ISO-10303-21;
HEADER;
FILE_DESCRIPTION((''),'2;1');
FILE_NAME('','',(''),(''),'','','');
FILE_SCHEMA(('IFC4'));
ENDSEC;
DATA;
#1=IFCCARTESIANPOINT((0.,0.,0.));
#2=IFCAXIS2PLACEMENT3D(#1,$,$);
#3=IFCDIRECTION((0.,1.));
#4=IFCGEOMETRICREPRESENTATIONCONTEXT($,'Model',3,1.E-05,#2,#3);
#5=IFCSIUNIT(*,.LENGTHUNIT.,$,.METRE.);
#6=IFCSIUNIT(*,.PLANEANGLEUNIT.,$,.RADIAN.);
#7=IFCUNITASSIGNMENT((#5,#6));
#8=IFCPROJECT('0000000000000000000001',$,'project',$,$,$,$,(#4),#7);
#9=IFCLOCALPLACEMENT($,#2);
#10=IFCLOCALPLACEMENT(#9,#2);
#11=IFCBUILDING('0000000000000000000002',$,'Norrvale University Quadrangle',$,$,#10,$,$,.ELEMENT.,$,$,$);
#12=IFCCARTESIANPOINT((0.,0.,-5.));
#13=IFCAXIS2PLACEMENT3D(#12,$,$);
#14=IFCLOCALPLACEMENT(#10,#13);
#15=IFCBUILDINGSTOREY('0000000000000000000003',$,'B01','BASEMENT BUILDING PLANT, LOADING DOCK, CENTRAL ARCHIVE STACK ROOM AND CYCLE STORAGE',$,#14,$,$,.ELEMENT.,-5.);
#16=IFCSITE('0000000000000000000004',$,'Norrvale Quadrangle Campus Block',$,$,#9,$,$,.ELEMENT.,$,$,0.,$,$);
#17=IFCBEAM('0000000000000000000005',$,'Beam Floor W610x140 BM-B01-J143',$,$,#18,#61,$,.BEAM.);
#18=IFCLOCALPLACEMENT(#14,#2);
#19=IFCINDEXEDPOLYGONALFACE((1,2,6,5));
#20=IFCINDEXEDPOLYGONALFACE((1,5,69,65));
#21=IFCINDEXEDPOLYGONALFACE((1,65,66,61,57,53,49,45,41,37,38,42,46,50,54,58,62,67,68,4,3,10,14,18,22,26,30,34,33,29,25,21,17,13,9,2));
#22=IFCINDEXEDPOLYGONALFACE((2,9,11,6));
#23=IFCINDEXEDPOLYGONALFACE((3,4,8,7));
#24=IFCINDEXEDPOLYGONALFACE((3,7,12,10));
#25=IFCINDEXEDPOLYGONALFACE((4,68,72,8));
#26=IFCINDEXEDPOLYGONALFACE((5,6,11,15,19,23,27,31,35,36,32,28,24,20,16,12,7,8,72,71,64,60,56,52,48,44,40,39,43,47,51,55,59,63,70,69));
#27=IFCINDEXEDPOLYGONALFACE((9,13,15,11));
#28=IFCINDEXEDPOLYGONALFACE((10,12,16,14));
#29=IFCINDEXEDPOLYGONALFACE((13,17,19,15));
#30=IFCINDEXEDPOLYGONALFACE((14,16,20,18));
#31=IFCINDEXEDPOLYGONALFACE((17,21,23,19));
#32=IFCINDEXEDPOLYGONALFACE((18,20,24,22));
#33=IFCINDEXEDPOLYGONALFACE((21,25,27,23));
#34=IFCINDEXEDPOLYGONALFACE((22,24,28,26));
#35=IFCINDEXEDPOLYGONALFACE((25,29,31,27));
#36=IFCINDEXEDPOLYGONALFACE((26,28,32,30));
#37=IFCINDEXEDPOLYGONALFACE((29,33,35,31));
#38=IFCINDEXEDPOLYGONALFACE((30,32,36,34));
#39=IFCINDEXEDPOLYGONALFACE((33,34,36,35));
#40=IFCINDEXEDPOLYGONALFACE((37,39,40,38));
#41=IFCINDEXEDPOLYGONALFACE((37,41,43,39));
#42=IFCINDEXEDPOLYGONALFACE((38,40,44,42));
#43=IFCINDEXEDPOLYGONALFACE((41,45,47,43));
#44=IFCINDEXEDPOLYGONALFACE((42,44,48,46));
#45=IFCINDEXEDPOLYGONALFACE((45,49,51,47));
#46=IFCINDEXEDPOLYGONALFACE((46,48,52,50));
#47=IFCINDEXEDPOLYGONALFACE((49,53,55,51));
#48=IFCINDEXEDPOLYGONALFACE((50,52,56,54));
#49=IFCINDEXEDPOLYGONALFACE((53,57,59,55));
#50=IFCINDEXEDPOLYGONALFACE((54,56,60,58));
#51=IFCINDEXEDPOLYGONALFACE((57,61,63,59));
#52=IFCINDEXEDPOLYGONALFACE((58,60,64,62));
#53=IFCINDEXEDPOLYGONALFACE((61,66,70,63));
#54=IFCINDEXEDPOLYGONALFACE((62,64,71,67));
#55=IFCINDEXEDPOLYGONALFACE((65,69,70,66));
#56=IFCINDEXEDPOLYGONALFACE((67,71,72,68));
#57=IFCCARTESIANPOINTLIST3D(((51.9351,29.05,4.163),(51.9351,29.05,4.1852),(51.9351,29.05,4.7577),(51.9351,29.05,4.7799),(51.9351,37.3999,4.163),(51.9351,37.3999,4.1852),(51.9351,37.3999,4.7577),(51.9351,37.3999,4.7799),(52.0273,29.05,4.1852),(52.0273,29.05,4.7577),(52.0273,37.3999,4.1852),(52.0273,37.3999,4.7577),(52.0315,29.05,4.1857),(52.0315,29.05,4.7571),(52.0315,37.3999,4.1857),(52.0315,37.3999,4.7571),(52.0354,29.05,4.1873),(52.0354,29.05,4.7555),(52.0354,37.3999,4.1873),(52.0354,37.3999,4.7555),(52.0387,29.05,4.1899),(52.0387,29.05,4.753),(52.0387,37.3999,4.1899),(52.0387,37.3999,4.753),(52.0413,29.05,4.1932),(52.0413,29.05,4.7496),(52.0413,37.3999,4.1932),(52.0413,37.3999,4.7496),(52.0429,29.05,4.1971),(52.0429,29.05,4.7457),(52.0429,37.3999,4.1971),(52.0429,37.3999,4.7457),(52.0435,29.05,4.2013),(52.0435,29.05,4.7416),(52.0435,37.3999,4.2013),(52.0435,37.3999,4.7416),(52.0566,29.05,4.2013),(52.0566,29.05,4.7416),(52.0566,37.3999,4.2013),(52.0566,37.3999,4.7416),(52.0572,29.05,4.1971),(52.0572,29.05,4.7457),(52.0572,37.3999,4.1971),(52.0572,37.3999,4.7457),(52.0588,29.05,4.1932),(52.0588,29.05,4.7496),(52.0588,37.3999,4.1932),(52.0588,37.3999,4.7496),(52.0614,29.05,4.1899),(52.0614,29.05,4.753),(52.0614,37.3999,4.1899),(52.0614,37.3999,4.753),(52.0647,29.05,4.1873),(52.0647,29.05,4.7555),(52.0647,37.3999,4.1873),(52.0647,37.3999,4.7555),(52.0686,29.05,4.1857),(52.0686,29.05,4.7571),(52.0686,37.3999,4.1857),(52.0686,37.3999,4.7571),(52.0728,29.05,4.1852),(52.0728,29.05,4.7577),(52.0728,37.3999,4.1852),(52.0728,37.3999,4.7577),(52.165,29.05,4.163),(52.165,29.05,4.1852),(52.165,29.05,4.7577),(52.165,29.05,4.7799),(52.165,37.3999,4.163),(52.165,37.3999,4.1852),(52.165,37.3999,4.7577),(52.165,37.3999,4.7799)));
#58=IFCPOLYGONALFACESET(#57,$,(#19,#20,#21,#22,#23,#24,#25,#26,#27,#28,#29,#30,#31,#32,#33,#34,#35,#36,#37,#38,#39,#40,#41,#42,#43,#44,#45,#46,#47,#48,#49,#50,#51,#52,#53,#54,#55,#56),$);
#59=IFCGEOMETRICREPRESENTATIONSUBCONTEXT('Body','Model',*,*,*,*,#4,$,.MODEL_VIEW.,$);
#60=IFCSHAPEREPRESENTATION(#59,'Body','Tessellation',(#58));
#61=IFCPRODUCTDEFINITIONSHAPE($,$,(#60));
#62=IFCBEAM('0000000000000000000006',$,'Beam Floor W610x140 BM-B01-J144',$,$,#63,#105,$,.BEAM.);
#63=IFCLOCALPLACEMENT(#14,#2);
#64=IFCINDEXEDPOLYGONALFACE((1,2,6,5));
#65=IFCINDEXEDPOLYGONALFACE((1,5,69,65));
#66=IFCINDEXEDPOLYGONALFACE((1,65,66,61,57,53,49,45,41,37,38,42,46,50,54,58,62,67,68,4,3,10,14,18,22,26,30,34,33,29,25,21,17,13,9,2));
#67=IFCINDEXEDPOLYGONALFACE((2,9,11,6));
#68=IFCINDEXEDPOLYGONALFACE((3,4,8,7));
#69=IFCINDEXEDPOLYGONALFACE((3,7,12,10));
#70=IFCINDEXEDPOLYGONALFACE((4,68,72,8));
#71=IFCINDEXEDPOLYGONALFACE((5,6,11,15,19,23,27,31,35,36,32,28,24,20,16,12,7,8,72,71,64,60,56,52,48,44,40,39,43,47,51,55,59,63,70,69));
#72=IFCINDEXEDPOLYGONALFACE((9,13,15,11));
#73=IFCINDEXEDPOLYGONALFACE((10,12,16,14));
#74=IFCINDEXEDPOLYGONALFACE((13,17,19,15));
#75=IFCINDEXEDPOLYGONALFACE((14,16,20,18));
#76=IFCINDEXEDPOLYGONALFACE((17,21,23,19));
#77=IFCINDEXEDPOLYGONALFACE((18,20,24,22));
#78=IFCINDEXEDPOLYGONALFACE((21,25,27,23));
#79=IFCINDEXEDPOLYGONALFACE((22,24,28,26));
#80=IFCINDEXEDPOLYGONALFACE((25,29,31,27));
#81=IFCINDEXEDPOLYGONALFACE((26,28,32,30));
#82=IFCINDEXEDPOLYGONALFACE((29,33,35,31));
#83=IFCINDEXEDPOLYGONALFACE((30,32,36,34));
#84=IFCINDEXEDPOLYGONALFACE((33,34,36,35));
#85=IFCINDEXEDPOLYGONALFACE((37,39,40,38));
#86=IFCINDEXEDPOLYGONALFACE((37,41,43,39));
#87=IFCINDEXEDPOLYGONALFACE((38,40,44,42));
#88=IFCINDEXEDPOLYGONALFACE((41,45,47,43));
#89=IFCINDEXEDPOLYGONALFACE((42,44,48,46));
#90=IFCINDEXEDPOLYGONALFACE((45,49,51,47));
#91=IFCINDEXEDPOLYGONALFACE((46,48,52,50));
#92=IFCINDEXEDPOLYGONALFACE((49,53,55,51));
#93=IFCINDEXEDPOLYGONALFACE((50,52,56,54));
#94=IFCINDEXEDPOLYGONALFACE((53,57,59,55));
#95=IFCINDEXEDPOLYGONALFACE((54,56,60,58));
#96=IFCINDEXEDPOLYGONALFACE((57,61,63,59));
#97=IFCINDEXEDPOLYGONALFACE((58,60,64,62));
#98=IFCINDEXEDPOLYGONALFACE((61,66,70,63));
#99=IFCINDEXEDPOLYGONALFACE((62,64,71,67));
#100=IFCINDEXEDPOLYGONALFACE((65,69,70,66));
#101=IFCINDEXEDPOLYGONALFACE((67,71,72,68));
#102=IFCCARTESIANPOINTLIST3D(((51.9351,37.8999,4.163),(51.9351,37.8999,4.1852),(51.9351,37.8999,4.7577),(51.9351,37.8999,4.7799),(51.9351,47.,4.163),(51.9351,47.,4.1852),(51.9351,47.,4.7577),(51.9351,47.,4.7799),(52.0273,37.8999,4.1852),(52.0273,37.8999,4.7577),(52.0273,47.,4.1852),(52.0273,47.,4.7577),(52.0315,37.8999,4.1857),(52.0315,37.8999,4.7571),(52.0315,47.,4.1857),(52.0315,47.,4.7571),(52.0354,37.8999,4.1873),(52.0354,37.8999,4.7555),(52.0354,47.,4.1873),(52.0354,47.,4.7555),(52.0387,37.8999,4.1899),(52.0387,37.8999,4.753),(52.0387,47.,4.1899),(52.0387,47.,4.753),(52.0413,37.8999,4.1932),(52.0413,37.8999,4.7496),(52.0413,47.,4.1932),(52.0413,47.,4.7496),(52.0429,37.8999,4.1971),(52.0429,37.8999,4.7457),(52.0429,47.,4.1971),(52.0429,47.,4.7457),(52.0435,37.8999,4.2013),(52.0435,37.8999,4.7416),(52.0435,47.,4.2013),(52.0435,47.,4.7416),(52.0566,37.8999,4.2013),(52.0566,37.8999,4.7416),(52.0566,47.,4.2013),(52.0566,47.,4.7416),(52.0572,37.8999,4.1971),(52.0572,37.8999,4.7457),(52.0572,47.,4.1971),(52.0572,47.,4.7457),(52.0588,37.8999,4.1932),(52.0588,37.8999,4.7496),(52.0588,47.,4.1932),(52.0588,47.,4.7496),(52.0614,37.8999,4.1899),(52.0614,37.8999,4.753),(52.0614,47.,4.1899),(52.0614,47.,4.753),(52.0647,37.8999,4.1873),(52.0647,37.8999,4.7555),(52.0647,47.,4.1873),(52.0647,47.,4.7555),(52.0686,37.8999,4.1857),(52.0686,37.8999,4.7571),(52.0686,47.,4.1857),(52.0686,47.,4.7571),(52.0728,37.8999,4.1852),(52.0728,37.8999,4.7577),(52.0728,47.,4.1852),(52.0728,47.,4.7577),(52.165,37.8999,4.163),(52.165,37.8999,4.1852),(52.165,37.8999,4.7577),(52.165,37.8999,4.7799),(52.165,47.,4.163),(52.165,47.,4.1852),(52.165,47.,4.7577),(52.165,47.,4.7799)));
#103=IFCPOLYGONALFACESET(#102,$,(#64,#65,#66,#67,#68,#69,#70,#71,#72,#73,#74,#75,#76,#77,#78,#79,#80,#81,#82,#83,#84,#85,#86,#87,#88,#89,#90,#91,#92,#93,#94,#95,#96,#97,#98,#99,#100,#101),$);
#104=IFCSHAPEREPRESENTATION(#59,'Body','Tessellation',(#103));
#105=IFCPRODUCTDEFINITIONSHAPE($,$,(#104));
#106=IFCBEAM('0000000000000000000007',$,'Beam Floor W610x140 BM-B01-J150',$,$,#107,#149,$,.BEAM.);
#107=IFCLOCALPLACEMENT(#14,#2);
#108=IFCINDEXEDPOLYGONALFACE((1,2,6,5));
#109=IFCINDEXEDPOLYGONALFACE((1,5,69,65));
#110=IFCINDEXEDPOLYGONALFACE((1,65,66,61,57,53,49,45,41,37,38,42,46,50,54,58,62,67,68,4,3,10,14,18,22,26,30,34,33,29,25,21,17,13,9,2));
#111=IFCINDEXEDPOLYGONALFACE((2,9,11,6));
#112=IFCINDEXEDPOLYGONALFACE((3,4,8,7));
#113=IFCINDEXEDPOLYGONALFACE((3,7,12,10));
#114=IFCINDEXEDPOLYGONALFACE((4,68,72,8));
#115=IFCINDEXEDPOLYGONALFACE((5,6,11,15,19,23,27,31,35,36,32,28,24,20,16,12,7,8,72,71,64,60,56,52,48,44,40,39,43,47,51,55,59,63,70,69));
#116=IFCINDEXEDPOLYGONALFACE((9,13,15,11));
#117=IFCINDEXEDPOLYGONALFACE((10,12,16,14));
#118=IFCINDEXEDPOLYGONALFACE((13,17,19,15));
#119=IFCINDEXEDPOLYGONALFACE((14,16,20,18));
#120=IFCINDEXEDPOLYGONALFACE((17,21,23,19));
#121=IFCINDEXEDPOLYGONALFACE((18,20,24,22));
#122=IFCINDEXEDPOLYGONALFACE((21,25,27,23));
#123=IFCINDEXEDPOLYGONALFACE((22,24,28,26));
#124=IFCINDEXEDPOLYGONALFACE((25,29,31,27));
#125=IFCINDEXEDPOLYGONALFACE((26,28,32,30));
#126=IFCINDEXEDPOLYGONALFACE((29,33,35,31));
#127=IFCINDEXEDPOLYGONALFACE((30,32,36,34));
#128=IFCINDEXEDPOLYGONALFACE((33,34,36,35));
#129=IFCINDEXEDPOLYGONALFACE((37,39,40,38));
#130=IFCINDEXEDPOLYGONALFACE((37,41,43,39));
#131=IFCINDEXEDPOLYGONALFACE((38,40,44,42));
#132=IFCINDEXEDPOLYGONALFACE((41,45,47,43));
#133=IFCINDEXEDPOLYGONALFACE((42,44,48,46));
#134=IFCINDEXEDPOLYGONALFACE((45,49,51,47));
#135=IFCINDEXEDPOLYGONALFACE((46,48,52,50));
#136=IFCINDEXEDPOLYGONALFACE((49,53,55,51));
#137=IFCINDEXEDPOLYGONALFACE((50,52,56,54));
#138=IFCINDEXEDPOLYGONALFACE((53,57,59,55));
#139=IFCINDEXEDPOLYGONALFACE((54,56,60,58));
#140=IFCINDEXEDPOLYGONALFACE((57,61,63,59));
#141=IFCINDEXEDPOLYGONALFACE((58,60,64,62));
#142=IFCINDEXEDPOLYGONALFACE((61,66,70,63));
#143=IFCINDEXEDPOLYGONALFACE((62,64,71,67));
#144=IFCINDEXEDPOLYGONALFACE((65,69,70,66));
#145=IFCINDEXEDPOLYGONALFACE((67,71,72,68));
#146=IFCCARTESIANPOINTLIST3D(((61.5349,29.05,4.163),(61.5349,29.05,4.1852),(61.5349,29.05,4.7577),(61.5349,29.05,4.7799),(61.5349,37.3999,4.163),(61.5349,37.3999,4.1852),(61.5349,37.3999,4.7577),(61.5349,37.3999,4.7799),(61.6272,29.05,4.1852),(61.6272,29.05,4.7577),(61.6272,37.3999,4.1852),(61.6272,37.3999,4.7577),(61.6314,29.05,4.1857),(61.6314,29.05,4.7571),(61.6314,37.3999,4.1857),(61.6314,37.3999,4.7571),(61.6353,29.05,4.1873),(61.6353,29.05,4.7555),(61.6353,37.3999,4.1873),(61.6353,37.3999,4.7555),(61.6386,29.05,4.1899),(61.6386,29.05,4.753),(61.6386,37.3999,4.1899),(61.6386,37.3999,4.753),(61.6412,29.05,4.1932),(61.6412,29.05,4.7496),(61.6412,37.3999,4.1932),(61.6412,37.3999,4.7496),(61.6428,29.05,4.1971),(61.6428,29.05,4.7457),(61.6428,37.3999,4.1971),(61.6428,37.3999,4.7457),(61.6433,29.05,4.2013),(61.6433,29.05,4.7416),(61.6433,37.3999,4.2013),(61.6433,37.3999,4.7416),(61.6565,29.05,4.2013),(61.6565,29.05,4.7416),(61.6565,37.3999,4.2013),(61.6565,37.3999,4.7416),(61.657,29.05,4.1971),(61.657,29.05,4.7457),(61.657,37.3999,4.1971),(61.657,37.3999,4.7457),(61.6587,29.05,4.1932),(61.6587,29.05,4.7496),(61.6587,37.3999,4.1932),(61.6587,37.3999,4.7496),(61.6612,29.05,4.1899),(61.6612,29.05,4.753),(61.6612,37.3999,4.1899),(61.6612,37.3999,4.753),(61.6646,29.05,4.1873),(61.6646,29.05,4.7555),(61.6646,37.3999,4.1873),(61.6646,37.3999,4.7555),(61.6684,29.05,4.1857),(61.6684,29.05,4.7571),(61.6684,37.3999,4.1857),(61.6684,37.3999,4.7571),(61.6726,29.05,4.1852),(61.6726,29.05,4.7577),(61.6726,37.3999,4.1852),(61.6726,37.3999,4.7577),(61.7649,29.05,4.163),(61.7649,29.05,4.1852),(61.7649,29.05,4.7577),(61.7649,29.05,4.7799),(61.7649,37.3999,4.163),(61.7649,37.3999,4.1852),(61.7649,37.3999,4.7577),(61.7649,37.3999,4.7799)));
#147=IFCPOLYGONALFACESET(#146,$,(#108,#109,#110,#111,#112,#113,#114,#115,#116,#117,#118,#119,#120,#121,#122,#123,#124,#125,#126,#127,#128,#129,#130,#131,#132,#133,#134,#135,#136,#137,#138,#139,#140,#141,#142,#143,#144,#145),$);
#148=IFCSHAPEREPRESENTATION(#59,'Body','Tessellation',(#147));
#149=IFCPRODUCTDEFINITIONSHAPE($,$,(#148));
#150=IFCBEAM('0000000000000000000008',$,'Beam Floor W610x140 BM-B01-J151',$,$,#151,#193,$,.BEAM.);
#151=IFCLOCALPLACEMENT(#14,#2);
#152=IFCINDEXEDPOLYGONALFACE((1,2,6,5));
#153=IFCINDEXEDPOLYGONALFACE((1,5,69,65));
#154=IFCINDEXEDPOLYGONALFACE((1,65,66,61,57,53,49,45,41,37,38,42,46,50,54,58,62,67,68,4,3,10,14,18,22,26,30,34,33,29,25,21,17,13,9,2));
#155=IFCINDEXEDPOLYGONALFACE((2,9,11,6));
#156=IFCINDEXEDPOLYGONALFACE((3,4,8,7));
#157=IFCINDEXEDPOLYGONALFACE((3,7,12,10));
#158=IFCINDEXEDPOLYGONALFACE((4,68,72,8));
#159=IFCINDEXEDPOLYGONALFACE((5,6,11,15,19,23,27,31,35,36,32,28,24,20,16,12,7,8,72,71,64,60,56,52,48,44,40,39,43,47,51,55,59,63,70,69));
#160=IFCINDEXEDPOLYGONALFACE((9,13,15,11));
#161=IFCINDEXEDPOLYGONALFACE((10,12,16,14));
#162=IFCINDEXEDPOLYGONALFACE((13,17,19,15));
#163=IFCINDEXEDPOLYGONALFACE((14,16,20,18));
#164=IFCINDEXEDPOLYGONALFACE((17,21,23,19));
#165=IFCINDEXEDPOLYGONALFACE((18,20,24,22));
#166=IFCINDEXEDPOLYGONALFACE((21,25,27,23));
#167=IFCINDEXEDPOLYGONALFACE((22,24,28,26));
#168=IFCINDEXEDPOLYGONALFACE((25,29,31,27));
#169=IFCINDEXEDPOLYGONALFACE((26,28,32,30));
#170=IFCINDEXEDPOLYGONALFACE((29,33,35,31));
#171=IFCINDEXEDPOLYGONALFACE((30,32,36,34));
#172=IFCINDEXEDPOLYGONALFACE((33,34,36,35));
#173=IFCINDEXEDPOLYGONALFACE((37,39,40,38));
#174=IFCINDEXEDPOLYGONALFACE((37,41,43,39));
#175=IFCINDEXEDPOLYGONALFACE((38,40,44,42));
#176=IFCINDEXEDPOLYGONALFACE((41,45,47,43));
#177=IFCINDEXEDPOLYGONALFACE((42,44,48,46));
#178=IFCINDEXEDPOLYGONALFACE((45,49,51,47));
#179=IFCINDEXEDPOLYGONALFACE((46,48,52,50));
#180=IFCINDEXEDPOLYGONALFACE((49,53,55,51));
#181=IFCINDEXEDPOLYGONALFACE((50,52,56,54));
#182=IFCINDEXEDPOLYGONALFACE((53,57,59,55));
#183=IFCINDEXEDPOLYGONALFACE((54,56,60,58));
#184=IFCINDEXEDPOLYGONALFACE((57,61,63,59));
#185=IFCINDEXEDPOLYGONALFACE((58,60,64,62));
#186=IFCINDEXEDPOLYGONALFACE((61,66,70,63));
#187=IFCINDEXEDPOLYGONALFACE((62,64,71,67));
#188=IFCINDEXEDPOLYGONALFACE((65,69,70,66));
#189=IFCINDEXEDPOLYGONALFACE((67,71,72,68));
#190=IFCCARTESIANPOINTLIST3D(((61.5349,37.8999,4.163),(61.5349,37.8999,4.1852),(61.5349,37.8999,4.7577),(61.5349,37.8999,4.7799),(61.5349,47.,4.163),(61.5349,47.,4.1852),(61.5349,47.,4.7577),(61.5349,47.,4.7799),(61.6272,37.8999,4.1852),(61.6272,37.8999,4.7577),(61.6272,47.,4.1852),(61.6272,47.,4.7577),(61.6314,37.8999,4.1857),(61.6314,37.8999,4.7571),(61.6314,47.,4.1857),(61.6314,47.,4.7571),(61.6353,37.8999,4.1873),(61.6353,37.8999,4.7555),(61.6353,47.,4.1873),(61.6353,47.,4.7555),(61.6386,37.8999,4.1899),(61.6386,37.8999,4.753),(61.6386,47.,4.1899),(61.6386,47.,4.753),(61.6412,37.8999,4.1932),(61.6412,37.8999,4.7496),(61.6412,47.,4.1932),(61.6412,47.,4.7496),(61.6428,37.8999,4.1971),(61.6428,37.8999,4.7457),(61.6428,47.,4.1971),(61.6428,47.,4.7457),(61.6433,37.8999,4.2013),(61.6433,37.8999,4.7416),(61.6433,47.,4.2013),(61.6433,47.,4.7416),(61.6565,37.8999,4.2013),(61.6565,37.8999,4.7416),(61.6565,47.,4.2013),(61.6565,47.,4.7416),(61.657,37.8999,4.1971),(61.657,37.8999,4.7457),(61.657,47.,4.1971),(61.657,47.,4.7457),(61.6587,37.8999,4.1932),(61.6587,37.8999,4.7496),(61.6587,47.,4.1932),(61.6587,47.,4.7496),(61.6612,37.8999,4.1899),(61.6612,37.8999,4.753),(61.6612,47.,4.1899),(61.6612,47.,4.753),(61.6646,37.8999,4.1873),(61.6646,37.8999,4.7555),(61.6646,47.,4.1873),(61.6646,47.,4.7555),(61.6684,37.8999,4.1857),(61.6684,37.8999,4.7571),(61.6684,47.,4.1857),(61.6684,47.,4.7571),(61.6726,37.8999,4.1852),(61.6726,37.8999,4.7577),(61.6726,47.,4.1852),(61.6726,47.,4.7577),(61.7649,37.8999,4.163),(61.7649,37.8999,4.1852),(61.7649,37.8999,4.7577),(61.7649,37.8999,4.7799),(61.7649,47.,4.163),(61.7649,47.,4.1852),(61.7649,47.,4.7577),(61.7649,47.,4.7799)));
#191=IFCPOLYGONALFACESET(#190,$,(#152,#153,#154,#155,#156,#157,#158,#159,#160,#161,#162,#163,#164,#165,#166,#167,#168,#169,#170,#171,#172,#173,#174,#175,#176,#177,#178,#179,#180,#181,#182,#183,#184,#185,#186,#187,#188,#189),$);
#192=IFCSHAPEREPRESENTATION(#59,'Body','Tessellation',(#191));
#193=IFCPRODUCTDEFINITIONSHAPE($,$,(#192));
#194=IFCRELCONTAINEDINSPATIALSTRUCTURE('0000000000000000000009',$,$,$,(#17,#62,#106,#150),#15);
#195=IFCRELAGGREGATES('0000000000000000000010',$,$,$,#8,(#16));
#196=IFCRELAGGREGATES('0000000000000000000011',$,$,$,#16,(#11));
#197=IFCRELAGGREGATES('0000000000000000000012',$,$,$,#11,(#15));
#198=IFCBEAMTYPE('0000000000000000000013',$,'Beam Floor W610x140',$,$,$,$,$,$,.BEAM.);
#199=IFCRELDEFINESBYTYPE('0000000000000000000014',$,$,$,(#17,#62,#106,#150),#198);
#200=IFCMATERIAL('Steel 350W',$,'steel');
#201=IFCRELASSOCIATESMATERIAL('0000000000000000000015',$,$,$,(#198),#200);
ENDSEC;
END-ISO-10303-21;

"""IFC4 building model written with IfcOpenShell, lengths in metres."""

from ifc_helpers import new_model, si_unit, direction, frame, origin, origin_2d, place, context, subcontext, project, spatial, i_section, extrude, material, material_profile, profile_set, type_object, element, save


model = new_model("IFC4")

# Units and contexts
model_context = context("Model", 3, precision=1e-05, world=origin(), true_north=direction((0.0, 1.0)))
body_context = subcontext(model_context, "Body", "Model", "MODEL_VIEW")
ifc_project = project(units=[si_unit("LENGTHUNIT", "METRE"), si_unit("PLANEANGLEUNIT", "RADIAN")], contexts=[model_context])

# Site, building, storey
site_placement = place(None, origin())
site = spatial("IfcSite", under=ifc_project, at=site_placement, Name="Norrvale Quadrangle Campus Block", CompositionType="ELEMENT", RefElevation=0.0)
building_placement = place(site_placement, origin())
building = spatial("IfcBuilding", under=site, at=building_placement, Name="Norrvale University Quadrangle", CompositionType="ELEMENT")
storey_placement = place(building_placement, frame((0.0, 0.0, -5.0)))
storey = spatial("IfcBuildingStorey", under=building, at=storey_placement, Name="B01", Description="BASEMENT BUILDING PLANT, LOADING DOCK, CENTRAL ARCHIVE STACK ROOM AND CYCLE STORAGE", CompositionType="ELEMENT", Elevation=-5.0)

# Beams
ifc_material_1 = material(Name="Steel 350W", Category="steel")
ifc_material_profile_1 = material_profile(ifc_material_1, i_section(OverallWidth=0.23, OverallDepth=0.6169, WebThickness=0.0132, FlangeThickness=0.0222, FilletRadius=0.0161, at=origin_2d()), Name="Steel 350W")
ifc_profile_set_1 = profile_set([ifc_material_profile_1], Name="Steel 350W")
beam_type_1 = type_object("IfcBeamType", Name="Beam Floor W610x140", PredefinedType="BEAM", material=ifc_profile_set_1)
beam_1_placement = place(storey_placement, frame((52.05, 29.05, 4.4714), z_axis=(0.0, 1.0, 0.0), x_axis=(-1.0, 0.0, 0.0)))
element("IfcBeam", 1, at=beam_1_placement, inside=storey, type_object=beam_type_1, Name="Beam Floor W610x140 BM-B01-J143", PredefinedType="BEAM", context=body_context, shape_type="SweptSolid", body=[
    extrude(i_section(OverallWidth=0.23, OverallDepth=0.6169, WebThickness=0.0132, FlangeThickness=0.0222, FilletRadius=0.0161, at=origin_2d()), origin(), (0.0, 0.0, 1.0), 8.3499),
])
beam_2_placement = place(storey_placement, frame((52.05, 37.8999, 4.4714), z_axis=(0.0, 1.0, 0.0), x_axis=(-1.0, 0.0, 0.0)))
element("IfcBeam", 2, at=beam_2_placement, inside=storey, type_object=beam_type_1, Name="Beam Floor W610x140 BM-B01-J144", PredefinedType="BEAM", context=body_context, shape_type="SweptSolid", body=[
    extrude(i_section(OverallWidth=0.23, OverallDepth=0.6169, WebThickness=0.0132, FlangeThickness=0.0222, FilletRadius=0.0161, at=origin_2d()), origin(), (0.0, 0.0, 1.0), 9.1001),
])
beam_3_placement = place(storey_placement, frame((61.6499, 29.05, 4.4714), z_axis=(0.0, 1.0, 0.0), x_axis=(-1.0, 0.0, 0.0)))
element("IfcBeam", 3, at=beam_3_placement, inside=storey, type_object=beam_type_1, Name="Beam Floor W610x140 BM-B01-J150", PredefinedType="BEAM", context=body_context, shape_type="SweptSolid", body=[
    extrude(i_section(OverallWidth=0.23, OverallDepth=0.6169, WebThickness=0.0132, FlangeThickness=0.0222, FilletRadius=0.0161, at=origin_2d()), origin(), (0.0, 0.0, 1.0), 8.3499),
])
beam_4_placement = place(storey_placement, frame((61.6499, 37.8999, 4.4714), z_axis=(0.0, 1.0, 0.0), x_axis=(-1.0, 0.0, 0.0)))
element("IfcBeam", 4, at=beam_4_placement, inside=storey, type_object=beam_type_1, Name="Beam Floor W610x140 BM-B01-J151", PredefinedType="BEAM", context=body_context, shape_type="SweptSolid", body=[
    extrude(i_section(OverallWidth=0.23, OverallDepth=0.6169, WebThickness=0.0132, FlangeThickness=0.0222, FilletRadius=0.0161, at=origin_2d()), origin(), (0.0, 0.0, 1.0), 9.1001),
])

save(model, "model.ifc")
